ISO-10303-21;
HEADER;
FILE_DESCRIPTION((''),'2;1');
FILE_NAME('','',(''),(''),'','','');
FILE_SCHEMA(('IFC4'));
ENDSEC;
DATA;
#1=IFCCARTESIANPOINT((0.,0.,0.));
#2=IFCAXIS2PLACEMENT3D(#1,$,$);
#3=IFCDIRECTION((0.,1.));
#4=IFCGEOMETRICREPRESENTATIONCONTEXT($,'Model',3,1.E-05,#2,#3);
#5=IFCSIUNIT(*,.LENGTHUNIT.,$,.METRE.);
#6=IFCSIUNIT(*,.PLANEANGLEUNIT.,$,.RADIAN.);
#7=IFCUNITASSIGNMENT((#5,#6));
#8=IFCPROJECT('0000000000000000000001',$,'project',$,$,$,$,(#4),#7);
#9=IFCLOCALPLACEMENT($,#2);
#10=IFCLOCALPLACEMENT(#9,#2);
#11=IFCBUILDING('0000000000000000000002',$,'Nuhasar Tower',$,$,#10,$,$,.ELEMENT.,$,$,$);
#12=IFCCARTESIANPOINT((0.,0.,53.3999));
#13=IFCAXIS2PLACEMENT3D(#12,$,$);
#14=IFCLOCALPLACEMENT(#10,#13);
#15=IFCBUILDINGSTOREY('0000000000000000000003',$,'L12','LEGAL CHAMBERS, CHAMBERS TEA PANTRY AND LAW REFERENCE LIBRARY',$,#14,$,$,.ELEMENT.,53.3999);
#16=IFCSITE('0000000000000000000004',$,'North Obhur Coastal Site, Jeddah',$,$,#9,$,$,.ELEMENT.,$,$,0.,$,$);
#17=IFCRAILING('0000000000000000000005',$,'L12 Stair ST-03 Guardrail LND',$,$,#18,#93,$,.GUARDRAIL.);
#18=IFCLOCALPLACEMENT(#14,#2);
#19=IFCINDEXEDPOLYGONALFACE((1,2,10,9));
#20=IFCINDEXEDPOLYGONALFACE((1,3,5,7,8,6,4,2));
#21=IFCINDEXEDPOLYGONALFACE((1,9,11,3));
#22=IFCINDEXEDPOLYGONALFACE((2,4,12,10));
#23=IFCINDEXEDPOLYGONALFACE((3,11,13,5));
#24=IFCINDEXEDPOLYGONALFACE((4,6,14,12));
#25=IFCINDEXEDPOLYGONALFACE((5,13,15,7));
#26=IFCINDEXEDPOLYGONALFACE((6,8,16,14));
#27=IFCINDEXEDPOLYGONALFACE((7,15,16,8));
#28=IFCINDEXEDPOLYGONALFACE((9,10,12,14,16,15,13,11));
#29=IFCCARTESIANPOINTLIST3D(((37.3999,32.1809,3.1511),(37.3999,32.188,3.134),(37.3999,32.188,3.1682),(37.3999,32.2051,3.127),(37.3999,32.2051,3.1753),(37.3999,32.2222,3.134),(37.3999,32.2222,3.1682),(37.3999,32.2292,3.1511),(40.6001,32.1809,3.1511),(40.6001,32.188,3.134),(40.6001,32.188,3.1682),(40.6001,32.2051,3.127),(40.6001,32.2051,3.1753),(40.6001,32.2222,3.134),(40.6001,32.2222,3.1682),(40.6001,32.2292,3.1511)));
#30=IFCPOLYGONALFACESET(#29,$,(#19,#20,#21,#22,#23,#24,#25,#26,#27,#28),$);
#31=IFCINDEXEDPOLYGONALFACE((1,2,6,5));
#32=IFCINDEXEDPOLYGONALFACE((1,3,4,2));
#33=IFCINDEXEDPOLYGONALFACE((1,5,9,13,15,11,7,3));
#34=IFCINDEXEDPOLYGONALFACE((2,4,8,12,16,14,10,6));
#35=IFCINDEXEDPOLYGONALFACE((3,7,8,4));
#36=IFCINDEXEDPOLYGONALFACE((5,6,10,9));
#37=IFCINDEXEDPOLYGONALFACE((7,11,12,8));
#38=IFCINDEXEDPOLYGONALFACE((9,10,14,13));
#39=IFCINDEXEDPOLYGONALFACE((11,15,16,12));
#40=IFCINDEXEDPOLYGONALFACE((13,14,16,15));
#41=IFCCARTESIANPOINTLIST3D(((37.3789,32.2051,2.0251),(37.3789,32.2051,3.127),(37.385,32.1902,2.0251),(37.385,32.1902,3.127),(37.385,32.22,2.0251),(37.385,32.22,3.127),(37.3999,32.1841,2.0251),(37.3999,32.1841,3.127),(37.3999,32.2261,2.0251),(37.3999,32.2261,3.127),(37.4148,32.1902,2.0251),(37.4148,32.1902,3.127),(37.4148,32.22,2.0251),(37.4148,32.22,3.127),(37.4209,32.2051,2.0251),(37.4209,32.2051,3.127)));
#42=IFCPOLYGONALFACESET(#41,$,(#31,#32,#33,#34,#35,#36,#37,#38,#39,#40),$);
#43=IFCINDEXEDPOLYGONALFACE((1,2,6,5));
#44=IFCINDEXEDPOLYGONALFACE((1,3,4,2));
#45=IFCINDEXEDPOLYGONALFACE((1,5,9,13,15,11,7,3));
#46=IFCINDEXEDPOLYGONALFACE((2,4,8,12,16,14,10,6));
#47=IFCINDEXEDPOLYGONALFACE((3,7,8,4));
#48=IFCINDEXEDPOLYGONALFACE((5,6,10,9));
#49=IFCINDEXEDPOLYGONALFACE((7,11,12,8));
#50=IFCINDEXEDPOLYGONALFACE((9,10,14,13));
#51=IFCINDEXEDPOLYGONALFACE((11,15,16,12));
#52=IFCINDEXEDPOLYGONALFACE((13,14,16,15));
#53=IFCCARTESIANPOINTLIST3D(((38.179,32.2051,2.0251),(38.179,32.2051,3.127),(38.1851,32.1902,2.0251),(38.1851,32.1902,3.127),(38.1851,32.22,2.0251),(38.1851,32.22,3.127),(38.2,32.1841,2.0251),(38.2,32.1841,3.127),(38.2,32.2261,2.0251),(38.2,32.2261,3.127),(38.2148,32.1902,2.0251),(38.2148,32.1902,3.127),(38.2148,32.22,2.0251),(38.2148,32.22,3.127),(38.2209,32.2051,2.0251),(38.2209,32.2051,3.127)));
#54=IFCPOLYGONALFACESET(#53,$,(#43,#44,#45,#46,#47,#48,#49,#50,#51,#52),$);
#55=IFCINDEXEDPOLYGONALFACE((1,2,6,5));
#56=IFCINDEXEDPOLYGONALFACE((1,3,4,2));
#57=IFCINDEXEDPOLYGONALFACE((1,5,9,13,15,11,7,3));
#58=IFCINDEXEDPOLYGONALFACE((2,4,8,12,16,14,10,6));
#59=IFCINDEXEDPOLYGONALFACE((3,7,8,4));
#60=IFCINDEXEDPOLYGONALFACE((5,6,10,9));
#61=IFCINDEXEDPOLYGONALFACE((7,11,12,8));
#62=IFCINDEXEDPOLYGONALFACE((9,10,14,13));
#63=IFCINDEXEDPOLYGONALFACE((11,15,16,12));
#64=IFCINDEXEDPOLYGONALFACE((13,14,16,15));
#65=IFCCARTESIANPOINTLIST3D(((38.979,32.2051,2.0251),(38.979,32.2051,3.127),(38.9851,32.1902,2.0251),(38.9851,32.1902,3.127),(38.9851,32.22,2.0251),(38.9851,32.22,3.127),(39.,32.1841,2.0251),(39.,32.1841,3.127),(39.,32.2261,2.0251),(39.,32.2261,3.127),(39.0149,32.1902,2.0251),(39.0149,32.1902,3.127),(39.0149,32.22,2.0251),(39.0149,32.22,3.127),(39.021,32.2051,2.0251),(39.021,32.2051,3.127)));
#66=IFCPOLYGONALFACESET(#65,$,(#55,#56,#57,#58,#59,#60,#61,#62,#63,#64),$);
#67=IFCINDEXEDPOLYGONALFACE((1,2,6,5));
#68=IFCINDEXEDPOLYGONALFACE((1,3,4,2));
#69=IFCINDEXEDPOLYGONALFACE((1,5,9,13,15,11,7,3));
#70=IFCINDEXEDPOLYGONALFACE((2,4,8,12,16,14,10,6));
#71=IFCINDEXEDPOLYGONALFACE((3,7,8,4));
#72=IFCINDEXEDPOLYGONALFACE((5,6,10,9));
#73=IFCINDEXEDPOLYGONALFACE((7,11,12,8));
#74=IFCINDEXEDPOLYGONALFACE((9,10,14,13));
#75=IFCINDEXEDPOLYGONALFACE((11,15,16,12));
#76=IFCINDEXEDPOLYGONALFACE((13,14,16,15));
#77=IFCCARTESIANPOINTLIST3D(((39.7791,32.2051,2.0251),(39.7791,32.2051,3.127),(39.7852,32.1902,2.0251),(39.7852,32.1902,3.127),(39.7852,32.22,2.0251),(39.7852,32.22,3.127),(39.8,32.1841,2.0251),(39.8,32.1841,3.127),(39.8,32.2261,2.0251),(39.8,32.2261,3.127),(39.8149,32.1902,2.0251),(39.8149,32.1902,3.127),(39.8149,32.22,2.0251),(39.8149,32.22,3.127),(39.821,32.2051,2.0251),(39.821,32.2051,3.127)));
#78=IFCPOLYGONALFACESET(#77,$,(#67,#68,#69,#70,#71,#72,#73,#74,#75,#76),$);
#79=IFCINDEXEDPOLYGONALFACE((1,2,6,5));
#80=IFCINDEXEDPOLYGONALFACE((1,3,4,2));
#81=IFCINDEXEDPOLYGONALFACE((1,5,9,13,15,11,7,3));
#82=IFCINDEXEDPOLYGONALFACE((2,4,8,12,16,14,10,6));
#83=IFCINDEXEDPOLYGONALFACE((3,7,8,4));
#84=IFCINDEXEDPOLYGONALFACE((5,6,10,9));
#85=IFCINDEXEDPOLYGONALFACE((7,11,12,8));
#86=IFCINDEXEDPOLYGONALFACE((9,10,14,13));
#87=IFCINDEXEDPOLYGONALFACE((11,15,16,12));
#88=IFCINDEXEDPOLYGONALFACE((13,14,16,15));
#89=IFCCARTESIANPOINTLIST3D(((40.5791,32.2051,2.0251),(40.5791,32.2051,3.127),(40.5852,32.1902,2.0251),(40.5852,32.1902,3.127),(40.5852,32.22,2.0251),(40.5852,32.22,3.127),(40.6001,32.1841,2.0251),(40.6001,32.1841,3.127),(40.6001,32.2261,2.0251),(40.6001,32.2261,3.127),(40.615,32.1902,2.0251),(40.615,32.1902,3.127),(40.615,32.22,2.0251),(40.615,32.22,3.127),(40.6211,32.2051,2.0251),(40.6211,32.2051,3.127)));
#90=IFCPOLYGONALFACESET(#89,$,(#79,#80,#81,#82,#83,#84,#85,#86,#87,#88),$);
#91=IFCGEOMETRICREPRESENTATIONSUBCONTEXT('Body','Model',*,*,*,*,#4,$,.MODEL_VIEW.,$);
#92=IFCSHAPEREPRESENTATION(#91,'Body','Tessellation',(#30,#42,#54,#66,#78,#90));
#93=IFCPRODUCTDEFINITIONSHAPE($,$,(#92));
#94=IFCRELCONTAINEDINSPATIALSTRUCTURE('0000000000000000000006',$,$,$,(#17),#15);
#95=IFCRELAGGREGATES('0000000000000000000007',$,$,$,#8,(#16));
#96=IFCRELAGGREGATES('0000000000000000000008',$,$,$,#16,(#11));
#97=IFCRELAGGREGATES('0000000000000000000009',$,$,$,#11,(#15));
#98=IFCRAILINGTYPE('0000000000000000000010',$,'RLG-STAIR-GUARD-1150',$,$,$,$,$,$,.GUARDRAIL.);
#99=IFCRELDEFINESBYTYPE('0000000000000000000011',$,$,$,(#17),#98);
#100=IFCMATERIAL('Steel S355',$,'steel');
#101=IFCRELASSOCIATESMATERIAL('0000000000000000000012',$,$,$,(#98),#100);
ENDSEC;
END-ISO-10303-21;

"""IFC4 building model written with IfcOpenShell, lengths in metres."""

from ifc_helpers import new_model, si_unit, direction, frame, origin, place, context, subcontext, project, spatial, polyline, outline, extrude, material, type_object, element, save


model = new_model("IFC4")

# Units and contexts
model_context = context("Model", 3, precision=1e-05, world=origin(), true_north=direction((0.0, 1.0)))
body_context = subcontext(model_context, "Body", "Model", "MODEL_VIEW")
ifc_project = project(units=[si_unit("LENGTHUNIT", "METRE"), si_unit("PLANEANGLEUNIT", "RADIAN")], contexts=[model_context])

# Site, building, storey
site_placement = place(None, origin())
site = spatial("IfcSite", under=ifc_project, at=site_placement, Name="North Obhur Coastal Site, Jeddah", CompositionType="ELEMENT", RefElevation=0.0)
building_placement = place(site_placement, origin())
building = spatial("IfcBuilding", under=site, at=building_placement, Name="Nuhasar Tower", CompositionType="ELEMENT")
storey_placement = place(building_placement, frame((0.0, 0.0, 53.3999)))
storey = spatial("IfcBuildingStorey", under=building, at=storey_placement, Name="L12", Description="LEGAL CHAMBERS, CHAMBERS TEA PANTRY AND LAW REFERENCE LIBRARY", CompositionType="ELEMENT", Elevation=53.3999)

# Shared definitions
ifc_material_1 = material(Name="Steel S355", Category="steel")

# Railing
railing_type_1 = type_object("IfcRailingType", Name="RLG-STAIR-GUARD-1150", PredefinedType="GUARDRAIL", material=ifc_material_1)
railing_1_placement = place(storey_placement, frame((37.3999, 32.2051, 2.0251)))
element("IfcRailing", 1, at=railing_1_placement, inside=storey, type_object=railing_type_1, Name="L12 Stair ST-03 Guardrail LND", PredefinedType="GUARDRAIL", context=body_context, shape_type="SweptSolid", body=[
    extrude(outline(polyline([(0.0242, 0.0), (0.0171, 0.0171), (0.0, 0.0242), (-0.0171, 0.0171), (-0.0242, 0.0), (-0.0171, -0.0171), (0.0, -0.0242), (0.0171, -0.0171), (0.0242, 0.0)])), frame((0.0, 0.0, 1.126), z_axis=(1.0, 0.0, 0.0), x_axis=(0.0, 1.0, 0.0)), (0.0, 0.0, 1.0), 3.2002),
    extrude(outline(polyline([(0.021, 0.0), (0.0149, 0.0149), (0.0, 0.021), (-0.0149, 0.0149), (-0.021, 0.0), (-0.0149, -0.0149), (0.0, -0.021), (0.0149, -0.0149), (0.021, 0.0)])), origin(), (0.0, 0.0, 1.0), 1.1018),
    extrude(outline(polyline([(0.021, 0.0), (0.0149, 0.0149), (0.0, 0.021), (-0.0149, 0.0149), (-0.021, 0.0), (-0.0149, -0.0149), (0.0, -0.021), (0.0149, -0.0149), (0.021, 0.0)])), frame((0.8, 0.0, 0.0)), (0.0, 0.0, 1.0), 1.1018),
    extrude(outline(polyline([(0.021, 0.0), (0.0149, 0.0149), (0.0, 0.021), (-0.0149, 0.0149), (-0.021, 0.0), (-0.0149, -0.0149), (0.0, -0.021), (0.0149, -0.0149), (0.021, 0.0)])), frame((1.6001, 0.0, 0.0)), (0.0, 0.0, 1.0), 1.1018),
    extrude(outline(polyline([(0.021, 0.0), (0.0149, 0.0149), (0.0, 0.021), (-0.0149, 0.0149), (-0.021, 0.0), (-0.0149, -0.0149), (0.0, -0.021), (0.0149, -0.0149), (0.021, 0.0)])), frame((2.4001, 0.0, 0.0)), (0.0, 0.0, 1.0), 1.1018),
    extrude(outline(polyline([(0.021, 0.0), (0.0149, 0.0149), (0.0, 0.021), (-0.0149, 0.0149), (-0.021, 0.0), (-0.0149, -0.0149), (0.0, -0.021), (0.0149, -0.0149), (0.021, 0.0)])), frame((3.2002, 0.0, 0.0)), (0.0, 0.0, 1.0), 1.1018),
])

save(model, "model.ifc")
